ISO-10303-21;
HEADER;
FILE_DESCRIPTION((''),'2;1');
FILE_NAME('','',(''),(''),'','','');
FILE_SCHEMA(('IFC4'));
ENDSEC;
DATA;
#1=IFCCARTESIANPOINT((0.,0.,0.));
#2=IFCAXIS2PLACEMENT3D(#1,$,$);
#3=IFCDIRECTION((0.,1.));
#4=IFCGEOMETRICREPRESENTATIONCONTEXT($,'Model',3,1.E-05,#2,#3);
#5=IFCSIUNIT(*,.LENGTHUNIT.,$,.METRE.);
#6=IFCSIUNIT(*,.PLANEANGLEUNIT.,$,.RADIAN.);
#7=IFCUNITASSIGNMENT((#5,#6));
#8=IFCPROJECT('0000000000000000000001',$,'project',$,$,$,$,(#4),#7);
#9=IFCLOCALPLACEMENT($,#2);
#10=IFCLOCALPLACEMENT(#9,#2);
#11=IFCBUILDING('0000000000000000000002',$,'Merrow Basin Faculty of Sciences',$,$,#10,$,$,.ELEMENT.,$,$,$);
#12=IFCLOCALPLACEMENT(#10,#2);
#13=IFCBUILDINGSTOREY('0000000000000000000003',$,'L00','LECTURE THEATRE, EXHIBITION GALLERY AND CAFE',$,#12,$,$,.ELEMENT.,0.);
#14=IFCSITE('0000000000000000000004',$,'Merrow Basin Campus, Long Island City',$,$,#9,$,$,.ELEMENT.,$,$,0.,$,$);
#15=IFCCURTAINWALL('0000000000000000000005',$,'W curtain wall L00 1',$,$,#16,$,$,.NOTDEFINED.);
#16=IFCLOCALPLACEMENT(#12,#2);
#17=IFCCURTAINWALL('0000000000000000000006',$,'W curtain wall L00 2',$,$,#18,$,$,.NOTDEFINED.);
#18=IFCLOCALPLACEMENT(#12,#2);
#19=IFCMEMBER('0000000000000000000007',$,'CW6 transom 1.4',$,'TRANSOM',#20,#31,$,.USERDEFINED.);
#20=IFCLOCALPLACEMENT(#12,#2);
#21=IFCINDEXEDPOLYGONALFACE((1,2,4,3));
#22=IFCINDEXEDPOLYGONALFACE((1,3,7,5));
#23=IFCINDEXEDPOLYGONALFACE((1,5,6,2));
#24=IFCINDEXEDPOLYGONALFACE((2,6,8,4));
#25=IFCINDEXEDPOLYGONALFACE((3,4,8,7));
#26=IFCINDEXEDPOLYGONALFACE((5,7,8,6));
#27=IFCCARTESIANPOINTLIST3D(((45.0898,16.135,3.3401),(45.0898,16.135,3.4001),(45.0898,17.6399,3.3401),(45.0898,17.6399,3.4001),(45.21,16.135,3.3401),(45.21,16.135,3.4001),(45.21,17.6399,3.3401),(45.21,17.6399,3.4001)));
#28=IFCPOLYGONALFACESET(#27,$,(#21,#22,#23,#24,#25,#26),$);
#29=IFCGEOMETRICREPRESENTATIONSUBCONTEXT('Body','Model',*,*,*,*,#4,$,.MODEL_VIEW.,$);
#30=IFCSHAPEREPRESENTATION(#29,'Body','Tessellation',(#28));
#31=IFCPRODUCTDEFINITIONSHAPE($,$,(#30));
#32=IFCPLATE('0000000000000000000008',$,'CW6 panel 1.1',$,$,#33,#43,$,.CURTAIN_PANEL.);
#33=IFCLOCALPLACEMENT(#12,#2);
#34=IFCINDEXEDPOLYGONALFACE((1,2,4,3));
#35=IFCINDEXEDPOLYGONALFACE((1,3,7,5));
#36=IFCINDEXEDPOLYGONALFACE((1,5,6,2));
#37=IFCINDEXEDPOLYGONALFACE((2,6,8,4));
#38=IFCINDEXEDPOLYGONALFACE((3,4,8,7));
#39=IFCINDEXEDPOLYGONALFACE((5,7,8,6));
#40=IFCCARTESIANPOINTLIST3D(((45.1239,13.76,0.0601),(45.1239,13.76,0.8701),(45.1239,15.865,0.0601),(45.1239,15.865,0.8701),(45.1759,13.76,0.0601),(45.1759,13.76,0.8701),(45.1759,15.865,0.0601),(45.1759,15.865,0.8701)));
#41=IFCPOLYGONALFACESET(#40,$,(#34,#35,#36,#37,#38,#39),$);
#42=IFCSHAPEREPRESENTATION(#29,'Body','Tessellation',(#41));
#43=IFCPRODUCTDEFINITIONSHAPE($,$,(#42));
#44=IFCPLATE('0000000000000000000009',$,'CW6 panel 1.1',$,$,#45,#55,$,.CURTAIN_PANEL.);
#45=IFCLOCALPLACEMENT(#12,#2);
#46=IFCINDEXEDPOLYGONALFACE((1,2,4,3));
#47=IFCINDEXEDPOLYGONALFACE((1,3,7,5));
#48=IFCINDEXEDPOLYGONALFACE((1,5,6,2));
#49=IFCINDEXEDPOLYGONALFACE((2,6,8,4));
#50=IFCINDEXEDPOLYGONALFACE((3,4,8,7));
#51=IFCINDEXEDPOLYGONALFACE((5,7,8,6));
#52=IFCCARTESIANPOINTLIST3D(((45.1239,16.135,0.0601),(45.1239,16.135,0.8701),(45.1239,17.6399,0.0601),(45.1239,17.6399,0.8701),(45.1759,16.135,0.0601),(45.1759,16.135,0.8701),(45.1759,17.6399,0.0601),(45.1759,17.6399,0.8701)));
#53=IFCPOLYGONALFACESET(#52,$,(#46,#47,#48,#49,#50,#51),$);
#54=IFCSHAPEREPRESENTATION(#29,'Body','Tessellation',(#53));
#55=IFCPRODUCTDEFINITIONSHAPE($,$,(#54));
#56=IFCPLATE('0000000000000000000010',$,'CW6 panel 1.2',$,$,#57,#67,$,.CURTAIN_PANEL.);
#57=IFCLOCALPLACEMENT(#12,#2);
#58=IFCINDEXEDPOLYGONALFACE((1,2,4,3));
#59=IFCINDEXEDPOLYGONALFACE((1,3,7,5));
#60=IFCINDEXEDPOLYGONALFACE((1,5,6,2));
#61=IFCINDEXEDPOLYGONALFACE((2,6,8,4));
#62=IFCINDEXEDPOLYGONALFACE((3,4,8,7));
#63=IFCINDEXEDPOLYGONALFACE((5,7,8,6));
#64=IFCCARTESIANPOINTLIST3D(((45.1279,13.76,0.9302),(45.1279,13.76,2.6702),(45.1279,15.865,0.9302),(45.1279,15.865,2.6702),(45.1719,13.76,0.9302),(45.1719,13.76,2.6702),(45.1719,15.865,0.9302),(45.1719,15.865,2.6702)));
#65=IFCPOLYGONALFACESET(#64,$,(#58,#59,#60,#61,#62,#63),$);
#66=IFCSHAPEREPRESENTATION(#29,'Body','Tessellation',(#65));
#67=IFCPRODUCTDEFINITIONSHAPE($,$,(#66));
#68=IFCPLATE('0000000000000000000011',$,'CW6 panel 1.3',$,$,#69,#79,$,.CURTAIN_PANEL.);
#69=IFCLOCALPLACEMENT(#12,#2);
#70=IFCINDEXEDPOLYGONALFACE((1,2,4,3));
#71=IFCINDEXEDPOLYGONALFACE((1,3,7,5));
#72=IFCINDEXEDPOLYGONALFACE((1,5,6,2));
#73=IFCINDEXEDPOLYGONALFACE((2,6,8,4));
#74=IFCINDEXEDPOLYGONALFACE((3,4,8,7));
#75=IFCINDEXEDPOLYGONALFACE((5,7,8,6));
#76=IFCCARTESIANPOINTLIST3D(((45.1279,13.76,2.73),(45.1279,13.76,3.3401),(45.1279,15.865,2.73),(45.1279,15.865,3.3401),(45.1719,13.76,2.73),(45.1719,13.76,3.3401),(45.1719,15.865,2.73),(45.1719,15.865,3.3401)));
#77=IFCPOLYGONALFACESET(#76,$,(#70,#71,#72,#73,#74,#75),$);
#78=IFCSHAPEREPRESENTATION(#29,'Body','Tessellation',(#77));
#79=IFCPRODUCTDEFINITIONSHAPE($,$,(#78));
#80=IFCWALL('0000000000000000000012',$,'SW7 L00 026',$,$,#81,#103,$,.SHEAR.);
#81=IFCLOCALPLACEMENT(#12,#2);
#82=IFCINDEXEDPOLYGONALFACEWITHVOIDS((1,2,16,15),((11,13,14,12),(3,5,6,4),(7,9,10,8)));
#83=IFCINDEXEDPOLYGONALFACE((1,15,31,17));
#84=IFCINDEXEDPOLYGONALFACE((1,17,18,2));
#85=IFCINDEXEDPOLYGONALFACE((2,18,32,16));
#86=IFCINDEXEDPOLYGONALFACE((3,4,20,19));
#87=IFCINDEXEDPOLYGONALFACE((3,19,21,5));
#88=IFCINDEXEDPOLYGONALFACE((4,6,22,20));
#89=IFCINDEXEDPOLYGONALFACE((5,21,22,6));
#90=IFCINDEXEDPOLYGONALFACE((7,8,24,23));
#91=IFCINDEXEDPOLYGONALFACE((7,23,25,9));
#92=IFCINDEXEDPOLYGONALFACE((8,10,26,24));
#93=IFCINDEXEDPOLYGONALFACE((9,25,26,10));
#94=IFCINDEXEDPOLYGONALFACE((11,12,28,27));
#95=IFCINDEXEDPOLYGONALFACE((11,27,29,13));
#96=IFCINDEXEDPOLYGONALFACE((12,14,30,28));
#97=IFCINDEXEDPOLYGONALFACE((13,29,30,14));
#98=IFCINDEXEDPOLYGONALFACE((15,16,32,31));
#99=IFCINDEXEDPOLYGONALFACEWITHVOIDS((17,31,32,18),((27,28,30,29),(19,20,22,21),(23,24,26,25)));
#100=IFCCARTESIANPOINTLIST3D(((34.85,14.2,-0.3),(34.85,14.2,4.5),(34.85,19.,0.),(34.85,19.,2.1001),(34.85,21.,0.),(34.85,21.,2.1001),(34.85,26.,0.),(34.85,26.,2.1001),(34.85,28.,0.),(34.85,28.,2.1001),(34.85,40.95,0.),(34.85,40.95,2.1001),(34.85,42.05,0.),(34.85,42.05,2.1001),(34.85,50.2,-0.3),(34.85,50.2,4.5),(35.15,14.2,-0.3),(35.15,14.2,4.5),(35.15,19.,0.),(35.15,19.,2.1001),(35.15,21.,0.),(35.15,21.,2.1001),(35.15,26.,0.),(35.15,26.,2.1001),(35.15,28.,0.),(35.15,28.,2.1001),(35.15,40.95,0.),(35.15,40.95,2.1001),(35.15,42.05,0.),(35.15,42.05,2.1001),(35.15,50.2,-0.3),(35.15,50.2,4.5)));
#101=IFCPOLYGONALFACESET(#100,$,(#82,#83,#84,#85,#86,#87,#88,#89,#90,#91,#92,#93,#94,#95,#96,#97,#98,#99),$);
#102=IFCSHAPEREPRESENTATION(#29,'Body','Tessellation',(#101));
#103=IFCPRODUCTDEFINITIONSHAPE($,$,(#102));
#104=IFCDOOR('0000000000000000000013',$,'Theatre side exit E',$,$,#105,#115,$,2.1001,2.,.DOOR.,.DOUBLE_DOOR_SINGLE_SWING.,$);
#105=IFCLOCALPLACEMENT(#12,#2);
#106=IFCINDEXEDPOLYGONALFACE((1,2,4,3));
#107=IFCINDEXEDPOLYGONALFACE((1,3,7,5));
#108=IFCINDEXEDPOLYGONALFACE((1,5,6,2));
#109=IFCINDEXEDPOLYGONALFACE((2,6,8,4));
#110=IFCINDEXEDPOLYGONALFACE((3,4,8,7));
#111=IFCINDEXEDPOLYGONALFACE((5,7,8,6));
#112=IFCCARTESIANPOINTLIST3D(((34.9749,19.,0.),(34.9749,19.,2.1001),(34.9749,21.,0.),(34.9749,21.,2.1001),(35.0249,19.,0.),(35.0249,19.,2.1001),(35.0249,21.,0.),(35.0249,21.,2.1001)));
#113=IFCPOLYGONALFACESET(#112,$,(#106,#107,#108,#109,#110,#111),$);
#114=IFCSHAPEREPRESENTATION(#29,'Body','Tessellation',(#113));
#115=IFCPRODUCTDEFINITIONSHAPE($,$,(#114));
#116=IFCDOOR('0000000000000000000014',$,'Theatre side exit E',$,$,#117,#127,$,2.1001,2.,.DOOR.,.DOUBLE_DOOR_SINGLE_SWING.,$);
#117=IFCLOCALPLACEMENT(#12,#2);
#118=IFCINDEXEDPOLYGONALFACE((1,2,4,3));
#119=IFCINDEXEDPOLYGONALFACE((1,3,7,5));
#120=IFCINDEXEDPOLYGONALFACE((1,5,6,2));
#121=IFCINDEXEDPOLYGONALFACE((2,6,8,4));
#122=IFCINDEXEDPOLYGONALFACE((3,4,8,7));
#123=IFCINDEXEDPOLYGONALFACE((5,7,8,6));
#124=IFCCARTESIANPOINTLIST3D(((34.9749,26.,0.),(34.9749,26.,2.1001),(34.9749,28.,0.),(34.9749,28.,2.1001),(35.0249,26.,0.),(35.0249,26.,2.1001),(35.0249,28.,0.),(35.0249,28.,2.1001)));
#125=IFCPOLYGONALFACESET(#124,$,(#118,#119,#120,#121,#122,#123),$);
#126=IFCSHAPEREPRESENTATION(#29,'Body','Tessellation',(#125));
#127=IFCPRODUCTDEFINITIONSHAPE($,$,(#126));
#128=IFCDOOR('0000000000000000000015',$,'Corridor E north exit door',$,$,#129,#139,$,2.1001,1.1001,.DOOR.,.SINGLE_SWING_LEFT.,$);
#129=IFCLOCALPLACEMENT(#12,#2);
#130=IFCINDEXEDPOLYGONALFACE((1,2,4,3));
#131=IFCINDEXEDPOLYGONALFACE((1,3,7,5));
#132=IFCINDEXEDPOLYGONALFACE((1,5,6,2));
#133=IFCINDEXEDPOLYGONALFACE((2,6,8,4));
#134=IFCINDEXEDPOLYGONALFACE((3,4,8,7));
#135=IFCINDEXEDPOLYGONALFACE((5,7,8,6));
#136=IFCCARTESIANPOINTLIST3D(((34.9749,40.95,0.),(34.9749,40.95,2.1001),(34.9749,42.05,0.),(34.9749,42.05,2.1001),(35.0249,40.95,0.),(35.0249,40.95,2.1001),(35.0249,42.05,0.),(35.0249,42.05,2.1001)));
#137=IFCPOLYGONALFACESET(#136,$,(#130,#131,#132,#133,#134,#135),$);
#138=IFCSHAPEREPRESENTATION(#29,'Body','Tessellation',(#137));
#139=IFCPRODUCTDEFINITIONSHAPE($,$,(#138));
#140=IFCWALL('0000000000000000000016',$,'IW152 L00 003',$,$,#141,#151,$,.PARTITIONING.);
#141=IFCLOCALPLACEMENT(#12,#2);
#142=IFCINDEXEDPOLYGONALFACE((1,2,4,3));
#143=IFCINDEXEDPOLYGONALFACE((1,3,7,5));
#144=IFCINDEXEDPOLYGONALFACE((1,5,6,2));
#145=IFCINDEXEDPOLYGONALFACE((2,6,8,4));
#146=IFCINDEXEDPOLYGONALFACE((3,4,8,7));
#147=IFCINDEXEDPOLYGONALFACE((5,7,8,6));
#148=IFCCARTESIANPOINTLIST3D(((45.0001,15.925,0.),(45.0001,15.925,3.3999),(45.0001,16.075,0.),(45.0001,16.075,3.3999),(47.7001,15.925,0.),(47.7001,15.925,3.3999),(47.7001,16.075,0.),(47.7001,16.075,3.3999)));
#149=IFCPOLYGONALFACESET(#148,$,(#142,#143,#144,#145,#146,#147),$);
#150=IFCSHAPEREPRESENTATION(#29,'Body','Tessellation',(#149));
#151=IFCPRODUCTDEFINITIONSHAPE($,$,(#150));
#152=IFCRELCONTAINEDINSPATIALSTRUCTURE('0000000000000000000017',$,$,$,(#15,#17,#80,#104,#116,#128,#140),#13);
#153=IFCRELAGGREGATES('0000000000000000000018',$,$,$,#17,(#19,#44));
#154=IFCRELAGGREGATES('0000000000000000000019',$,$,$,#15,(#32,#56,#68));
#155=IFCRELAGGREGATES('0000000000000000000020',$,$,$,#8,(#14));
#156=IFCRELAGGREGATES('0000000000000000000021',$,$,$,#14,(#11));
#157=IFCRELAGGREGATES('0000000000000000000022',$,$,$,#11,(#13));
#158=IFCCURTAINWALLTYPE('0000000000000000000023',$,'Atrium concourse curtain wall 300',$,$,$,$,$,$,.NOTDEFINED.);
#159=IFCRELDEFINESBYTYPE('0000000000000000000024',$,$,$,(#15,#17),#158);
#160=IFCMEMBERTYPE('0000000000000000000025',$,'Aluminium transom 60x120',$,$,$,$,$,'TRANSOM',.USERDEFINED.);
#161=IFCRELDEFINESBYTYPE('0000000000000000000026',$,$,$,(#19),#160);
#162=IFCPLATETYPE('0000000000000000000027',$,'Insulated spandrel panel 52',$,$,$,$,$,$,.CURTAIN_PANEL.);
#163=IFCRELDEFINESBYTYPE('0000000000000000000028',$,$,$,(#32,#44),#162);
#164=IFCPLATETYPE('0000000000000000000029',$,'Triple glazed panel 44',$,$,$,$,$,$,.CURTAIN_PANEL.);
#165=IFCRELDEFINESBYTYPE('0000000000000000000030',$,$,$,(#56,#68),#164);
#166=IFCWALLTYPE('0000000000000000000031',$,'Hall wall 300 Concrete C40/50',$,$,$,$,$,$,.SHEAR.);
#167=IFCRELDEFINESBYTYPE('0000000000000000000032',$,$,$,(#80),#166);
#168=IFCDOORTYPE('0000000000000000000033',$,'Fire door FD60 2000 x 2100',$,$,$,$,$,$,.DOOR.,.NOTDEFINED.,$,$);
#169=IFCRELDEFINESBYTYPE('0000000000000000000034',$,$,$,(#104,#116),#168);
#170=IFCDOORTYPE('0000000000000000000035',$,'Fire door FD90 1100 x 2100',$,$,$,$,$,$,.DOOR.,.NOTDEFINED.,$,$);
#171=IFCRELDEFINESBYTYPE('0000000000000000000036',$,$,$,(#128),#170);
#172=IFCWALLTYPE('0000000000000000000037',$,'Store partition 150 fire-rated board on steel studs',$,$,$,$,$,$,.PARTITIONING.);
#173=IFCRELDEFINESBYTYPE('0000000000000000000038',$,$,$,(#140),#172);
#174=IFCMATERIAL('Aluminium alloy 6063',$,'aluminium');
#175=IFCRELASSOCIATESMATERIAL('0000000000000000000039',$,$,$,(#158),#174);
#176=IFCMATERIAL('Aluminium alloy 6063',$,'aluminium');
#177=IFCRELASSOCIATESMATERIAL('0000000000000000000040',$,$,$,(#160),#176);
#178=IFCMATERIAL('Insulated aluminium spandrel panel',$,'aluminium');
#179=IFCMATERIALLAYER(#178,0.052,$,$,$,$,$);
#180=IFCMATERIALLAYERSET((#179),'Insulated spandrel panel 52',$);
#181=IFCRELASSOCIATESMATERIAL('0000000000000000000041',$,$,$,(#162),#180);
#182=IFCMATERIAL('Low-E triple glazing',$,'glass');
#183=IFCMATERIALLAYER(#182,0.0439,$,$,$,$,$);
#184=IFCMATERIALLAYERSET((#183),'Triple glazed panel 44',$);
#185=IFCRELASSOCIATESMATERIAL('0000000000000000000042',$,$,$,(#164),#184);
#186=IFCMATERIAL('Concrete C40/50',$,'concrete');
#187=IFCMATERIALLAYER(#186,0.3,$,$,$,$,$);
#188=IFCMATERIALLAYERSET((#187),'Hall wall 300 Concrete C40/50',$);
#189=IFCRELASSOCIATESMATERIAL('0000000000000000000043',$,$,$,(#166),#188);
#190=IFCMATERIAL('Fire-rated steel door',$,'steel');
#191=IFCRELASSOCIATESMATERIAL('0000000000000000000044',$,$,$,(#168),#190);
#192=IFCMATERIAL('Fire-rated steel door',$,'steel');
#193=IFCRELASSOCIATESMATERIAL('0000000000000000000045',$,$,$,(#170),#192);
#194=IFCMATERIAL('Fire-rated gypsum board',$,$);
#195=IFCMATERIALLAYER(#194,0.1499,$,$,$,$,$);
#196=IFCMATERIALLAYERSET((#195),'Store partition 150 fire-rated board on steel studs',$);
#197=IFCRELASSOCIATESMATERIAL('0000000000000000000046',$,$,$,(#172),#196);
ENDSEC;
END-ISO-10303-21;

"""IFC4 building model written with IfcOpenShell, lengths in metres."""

from ifc_helpers import new_model, si_unit, direction, frame, frame_2d, origin, origin_2d, place, context, subcontext, project, spatial, rectangle, extrude, material, layer, layer_set, material_profile, profile_set, type_object, element, fill, aggregate, save


model = new_model("IFC4")

# Units and contexts
model_context = context("Model", 3, precision=1e-05, world=origin(), true_north=direction((0.0, 1.0)))
body_context = subcontext(model_context, "Body", "Model", "MODEL_VIEW")
ifc_project = project(units=[si_unit("LENGTHUNIT", "METRE"), si_unit("PLANEANGLEUNIT", "RADIAN")], contexts=[model_context])

# Site, building, storey
site_placement = place(None, origin())
site = spatial("IfcSite", under=ifc_project, at=site_placement, Name="Merrow Basin Campus, Long Island City", CompositionType="ELEMENT", RefElevation=0.0)
building_placement = place(site_placement, origin())
building = spatial("IfcBuilding", under=site, at=building_placement, Name="Merrow Basin Faculty of Sciences", CompositionType="ELEMENT")
storey_placement = place(building_placement, origin())
storey = spatial("IfcBuildingStorey", under=building, at=storey_placement, Name="L00", Description="LECTURE THEATRE, EXHIBITION GALLERY AND CAFE", CompositionType="ELEMENT", Elevation=0.0)

# Curtain wall
ifc_material_1 = material(Name="Aluminium alloy 6063", Category="aluminium")
curtain_wall_type = type_object("IfcCurtainWallType", Name="Atrium concourse curtain wall 300", PredefinedType="NOTDEFINED", material=ifc_material_1)
curtain_wall_1_placement = place(storey_placement, origin())
curtain_wall_1 = element("IfcCurtainWall", 1, at=curtain_wall_1_placement, inside=storey, type_object=curtain_wall_type, Name="W curtain wall L00 1", PredefinedType="NOTDEFINED")

# Curtain wall, member
curtain_wall_2_placement = place(storey_placement, origin())
curtain_wall_2 = element("IfcCurtainWall", 2, at=curtain_wall_2_placement, inside=storey, type_object=curtain_wall_type, Name="W curtain wall L00 2", PredefinedType="NOTDEFINED")
ifc_material_2 = material(Name="Aluminium alloy 6063", Category="aluminium")
ifc_material_profile_1 = material_profile(ifc_material_2, rectangle(XDim=0.1201, YDim=0.0601, at=origin_2d()))
ifc_profile_set_1 = profile_set([ifc_material_profile_1], Name="Aluminium alloy 6063")
member_type_1 = type_object("IfcMemberType", Name="Aluminium transom 60x120", ElementType="TRANSOM", PredefinedType="USERDEFINED", material=ifc_profile_set_1)
member_1_placement = place(storey_placement, frame((45.1499, 16.135, 3.3701), z_axis=(0.0, 1.0, 0.0), x_axis=(-1.0, 0.0, 0.0)))
member_1 = element("IfcMember", 3, at=member_1_placement, type_object=member_type_1, Name="CW6 transom 1.4", ObjectType="TRANSOM", PredefinedType="USERDEFINED", context=body_context, shape_type="SweptSolid", body=[
    extrude(rectangle(XDim=0.1201, YDim=0.0601, at=origin_2d()), origin(), (0.0, 0.0, 1.0), 1.5049),
])

# Plates
ifc_material_3 = material(Name="Insulated aluminium spandrel panel", Category="aluminium")
ifc_layer_1 = layer(ifc_material_3, 0.052)
ifc_layer_set_1 = layer_set([ifc_layer_1], Name="Insulated spandrel panel 52")
plate_type_1 = type_object("IfcPlateType", Name="Insulated spandrel panel 52", PredefinedType="CURTAIN_PANEL", material=ifc_layer_set_1)
plate_1_placement = place(storey_placement, frame((45.1499, 14.8125, 0.0601), z_axis=(0.0, 0.0, 1.0), x_axis=(0.0, 1.0, 0.0)))
plate_1 = element("IfcPlate", 4, at=plate_1_placement, type_object=plate_type_1, Name="CW6 panel 1.1", PredefinedType="CURTAIN_PANEL", context=body_context, shape_type="SweptSolid", body=[
    extrude(rectangle(XDim=2.105, YDim=0.052, at=origin_2d()), origin(), (0.0, 0.0, 1.0), 0.8101),
])
plate_2_placement = place(storey_placement, frame((45.1499, 16.8875, 0.0601), z_axis=(0.0, 0.0, 1.0), x_axis=(0.0, 1.0, 0.0)))
plate_2 = element("IfcPlate", 5, at=plate_2_placement, type_object=plate_type_1, Name="CW6 panel 1.1", PredefinedType="CURTAIN_PANEL", context=body_context, shape_type="SweptSolid", body=[
    extrude(rectangle(XDim=1.5049, YDim=0.052, at=origin_2d()), origin(), (0.0, 0.0, 1.0), 0.8101),
])
aggregate(curtain_wall_2, [member_1, plate_2])
ifc_material_4 = material(Name="Low-E triple glazing", Category="glass")
ifc_layer_2 = layer(ifc_material_4, 0.0439)
ifc_layer_set_2 = layer_set([ifc_layer_2], Name="Triple glazed panel 44")
plate_type_2 = type_object("IfcPlateType", Name="Triple glazed panel 44", PredefinedType="CURTAIN_PANEL", material=ifc_layer_set_2)
plate_3_placement = place(storey_placement, frame((45.1499, 14.8125, 0.9302), z_axis=(0.0, 0.0, 1.0), x_axis=(0.0, 1.0, 0.0)))
plate_3 = element("IfcPlate", 6, at=plate_3_placement, type_object=plate_type_2, Name="CW6 panel 1.2", PredefinedType="CURTAIN_PANEL", context=body_context, shape_type="SweptSolid", body=[
    extrude(rectangle(XDim=2.105, YDim=0.0439, at=origin_2d()), origin(), (0.0, 0.0, 1.0), 1.74),
])
plate_4_placement = place(storey_placement, frame((45.1499, 14.8125, 2.73), z_axis=(0.0, 0.0, 1.0), x_axis=(0.0, 1.0, 0.0)))
plate_4 = element("IfcPlate", 7, at=plate_4_placement, type_object=plate_type_2, Name="CW6 panel 1.3", PredefinedType="CURTAIN_PANEL", context=body_context, shape_type="SweptSolid", body=[
    extrude(rectangle(XDim=2.105, YDim=0.0439, at=origin_2d()), origin(), (0.0, 0.0, 1.0), 0.6101),
])
aggregate(curtain_wall_1, [plate_1, plate_3, plate_4])

# Wall, openings, doors
ifc_material_5 = material(Name="Concrete C40/50", Category="concrete")
ifc_layer_3 = layer(ifc_material_5, 0.3)
ifc_layer_set_3 = layer_set([ifc_layer_3], Name="Hall wall 300 Concrete C40/50")
wall_type_1 = type_object("IfcWallType", Name="Hall wall 300 Concrete C40/50", PredefinedType="SHEAR", material=ifc_layer_set_3)
wall_1_placement = place(storey_placement, frame((35.0, 14.2, -0.3), z_axis=(0.0, 0.0, 1.0), x_axis=(0.0, 1.0, 0.0)))
wall_1 = element("IfcWall", 8, at=wall_1_placement, inside=storey, type_object=wall_type_1, Name="SW7 L00 026", PredefinedType="SHEAR", context=body_context, shape_type="SweptSolid", body=[
    extrude(rectangle(XDim=36.0, YDim=0.3, at=frame_2d((18.0, 0.0))), origin(), (0.0, 0.0, 1.0), 4.8),
])
opening_1_placement = place(wall_1_placement, frame((4.8, 0.0, 0.3)))
opening_1 = element("IfcOpeningElement", 9, at=opening_1_placement, cuts=wall_1, PredefinedType="OPENING", context=body_context, shape_type="SweptSolid", body=[
    extrude(rectangle(XDim=2.0, YDim=2.1001, at=frame_2d((1.0, 1.05))), frame((0.0, 0.1599, 0.0), z_axis=(0.0, -1.0, 0.0), x_axis=(1.0, 0.0, 0.0)), (0.0, 0.0, 1.0), 0.3201),
])
opening_2_placement = place(wall_1_placement, frame((11.8, 0.0, 0.3)))
opening_2 = element("IfcOpeningElement", 10, at=opening_2_placement, cuts=wall_1, PredefinedType="OPENING", context=body_context, shape_type="SweptSolid", body=[
    extrude(rectangle(XDim=2.0, YDim=2.1001, at=frame_2d((1.0, 1.05))), frame((0.0, 0.1599, 0.0), z_axis=(0.0, -1.0, 0.0), x_axis=(1.0, 0.0, 0.0)), (0.0, 0.0, 1.0), 0.3201),
])
opening_3_placement = place(wall_1_placement, frame((26.75, 0.0, 0.3)))
opening_3 = element("IfcOpeningElement", 11, at=opening_3_placement, cuts=wall_1, PredefinedType="OPENING", context=body_context, shape_type="SweptSolid", body=[
    extrude(rectangle(XDim=1.1001, YDim=2.1001, at=frame_2d((0.55, 1.05))), frame((0.0, 0.1599, 0.0), z_axis=(0.0, -1.0, 0.0), x_axis=(1.0, 0.0, 0.0)), (0.0, 0.0, 1.0), 0.3201),
])
ifc_material_6 = material(Name="Fire-rated steel door", Category="steel")
door_type_1 = type_object("IfcDoorType", Name="Fire door FD60 2000 x 2100", OperationType="NOTDEFINED", PredefinedType="DOOR", material=ifc_material_6)
door_1_placement = place(opening_1_placement, frame((2.0, 0.0, 0.0), z_axis=(0.0, 0.0, 1.0), x_axis=(-1.0, 0.0, 0.0)))
door_1 = element("IfcDoor", 12, at=door_1_placement, inside=storey, type_object=door_type_1, Name="Theatre side exit E", OperationType="DOUBLE_DOOR_SINGLE_SWING", OverallHeight=2.1001, OverallWidth=2.0, PredefinedType="DOOR", context=body_context, shape_type="SweptSolid", body=[
    extrude(rectangle(XDim=2.0, YDim=2.1001, at=frame_2d((1.0, 1.05))), frame((0.0, 0.0249, 0.0), z_axis=(0.0, -1.0, 0.0), x_axis=(1.0, 0.0, 0.0)), (0.0, 0.0, 1.0), 0.05),
])
fill(opening_1, door_1)
door_2_placement = place(opening_2_placement, frame((2.0, 0.0, 0.0), z_axis=(0.0, 0.0, 1.0), x_axis=(-1.0, 0.0, 0.0)))
door_2 = element("IfcDoor", 13, at=door_2_placement, inside=storey, type_object=door_type_1, Name="Theatre side exit E", OperationType="DOUBLE_DOOR_SINGLE_SWING", OverallHeight=2.1001, OverallWidth=2.0, PredefinedType="DOOR", context=body_context, shape_type="SweptSolid", body=[
    extrude(rectangle(XDim=2.0, YDim=2.1001, at=frame_2d((1.0, 1.05))), frame((0.0, 0.0249, 0.0), z_axis=(0.0, -1.0, 0.0), x_axis=(1.0, 0.0, 0.0)), (0.0, 0.0, 1.0), 0.05),
])
fill(opening_2, door_2)
ifc_material_7 = material(Name="Fire-rated steel door", Category="steel")
door_type_2 = type_object("IfcDoorType", Name="Fire door FD90 1100 x 2100", OperationType="NOTDEFINED", PredefinedType="DOOR", material=ifc_material_7)
door_3_placement = place(opening_3_placement, frame((1.1001, 0.0, 0.0), z_axis=(0.0, 0.0, 1.0), x_axis=(-1.0, 0.0, 0.0)))
door_3 = element("IfcDoor", 14, at=door_3_placement, inside=storey, type_object=door_type_2, Name="Corridor E north exit door", OperationType="SINGLE_SWING_LEFT", OverallHeight=2.1001, OverallWidth=1.1001, PredefinedType="DOOR", context=body_context, shape_type="SweptSolid", body=[
    extrude(rectangle(XDim=1.1001, YDim=2.1001, at=frame_2d((0.55, 1.05))), frame((0.0, 0.0249, 0.0), z_axis=(0.0, -1.0, 0.0), x_axis=(1.0, 0.0, 0.0)), (0.0, 0.0, 1.0), 0.05),
])
fill(opening_3, door_3)

# Wall
ifc_material_8 = material(Name="Fire-rated gypsum board")
ifc_layer_4 = layer(ifc_material_8, 0.1499)
ifc_layer_set_4 = layer_set([ifc_layer_4], Name="Store partition 150 fire-rated board on steel studs")
wall_type_2 = type_object("IfcWallType", Name="Store partition 150 fire-rated board on steel studs", PredefinedType="PARTITIONING", material=ifc_layer_set_4)
wall_2_placement = place(storey_placement, frame((45.0, 16.0, 0.0), z_axis=(0.0, 0.0, 1.0), x_axis=(1.0, 0.0, 0.0)))
element("IfcWall", 15, at=wall_2_placement, inside=storey, type_object=wall_type_2, Name="IW152 L00 003", PredefinedType="PARTITIONING", context=body_context, shape_type="SweptSolid", body=[
    extrude(rectangle(XDim=2.7, YDim=0.1499, at=frame_2d((1.3501, 0.0))), origin(), (0.0, 0.0, 1.0), 3.3999),
])

save(model, "model.ifc")
